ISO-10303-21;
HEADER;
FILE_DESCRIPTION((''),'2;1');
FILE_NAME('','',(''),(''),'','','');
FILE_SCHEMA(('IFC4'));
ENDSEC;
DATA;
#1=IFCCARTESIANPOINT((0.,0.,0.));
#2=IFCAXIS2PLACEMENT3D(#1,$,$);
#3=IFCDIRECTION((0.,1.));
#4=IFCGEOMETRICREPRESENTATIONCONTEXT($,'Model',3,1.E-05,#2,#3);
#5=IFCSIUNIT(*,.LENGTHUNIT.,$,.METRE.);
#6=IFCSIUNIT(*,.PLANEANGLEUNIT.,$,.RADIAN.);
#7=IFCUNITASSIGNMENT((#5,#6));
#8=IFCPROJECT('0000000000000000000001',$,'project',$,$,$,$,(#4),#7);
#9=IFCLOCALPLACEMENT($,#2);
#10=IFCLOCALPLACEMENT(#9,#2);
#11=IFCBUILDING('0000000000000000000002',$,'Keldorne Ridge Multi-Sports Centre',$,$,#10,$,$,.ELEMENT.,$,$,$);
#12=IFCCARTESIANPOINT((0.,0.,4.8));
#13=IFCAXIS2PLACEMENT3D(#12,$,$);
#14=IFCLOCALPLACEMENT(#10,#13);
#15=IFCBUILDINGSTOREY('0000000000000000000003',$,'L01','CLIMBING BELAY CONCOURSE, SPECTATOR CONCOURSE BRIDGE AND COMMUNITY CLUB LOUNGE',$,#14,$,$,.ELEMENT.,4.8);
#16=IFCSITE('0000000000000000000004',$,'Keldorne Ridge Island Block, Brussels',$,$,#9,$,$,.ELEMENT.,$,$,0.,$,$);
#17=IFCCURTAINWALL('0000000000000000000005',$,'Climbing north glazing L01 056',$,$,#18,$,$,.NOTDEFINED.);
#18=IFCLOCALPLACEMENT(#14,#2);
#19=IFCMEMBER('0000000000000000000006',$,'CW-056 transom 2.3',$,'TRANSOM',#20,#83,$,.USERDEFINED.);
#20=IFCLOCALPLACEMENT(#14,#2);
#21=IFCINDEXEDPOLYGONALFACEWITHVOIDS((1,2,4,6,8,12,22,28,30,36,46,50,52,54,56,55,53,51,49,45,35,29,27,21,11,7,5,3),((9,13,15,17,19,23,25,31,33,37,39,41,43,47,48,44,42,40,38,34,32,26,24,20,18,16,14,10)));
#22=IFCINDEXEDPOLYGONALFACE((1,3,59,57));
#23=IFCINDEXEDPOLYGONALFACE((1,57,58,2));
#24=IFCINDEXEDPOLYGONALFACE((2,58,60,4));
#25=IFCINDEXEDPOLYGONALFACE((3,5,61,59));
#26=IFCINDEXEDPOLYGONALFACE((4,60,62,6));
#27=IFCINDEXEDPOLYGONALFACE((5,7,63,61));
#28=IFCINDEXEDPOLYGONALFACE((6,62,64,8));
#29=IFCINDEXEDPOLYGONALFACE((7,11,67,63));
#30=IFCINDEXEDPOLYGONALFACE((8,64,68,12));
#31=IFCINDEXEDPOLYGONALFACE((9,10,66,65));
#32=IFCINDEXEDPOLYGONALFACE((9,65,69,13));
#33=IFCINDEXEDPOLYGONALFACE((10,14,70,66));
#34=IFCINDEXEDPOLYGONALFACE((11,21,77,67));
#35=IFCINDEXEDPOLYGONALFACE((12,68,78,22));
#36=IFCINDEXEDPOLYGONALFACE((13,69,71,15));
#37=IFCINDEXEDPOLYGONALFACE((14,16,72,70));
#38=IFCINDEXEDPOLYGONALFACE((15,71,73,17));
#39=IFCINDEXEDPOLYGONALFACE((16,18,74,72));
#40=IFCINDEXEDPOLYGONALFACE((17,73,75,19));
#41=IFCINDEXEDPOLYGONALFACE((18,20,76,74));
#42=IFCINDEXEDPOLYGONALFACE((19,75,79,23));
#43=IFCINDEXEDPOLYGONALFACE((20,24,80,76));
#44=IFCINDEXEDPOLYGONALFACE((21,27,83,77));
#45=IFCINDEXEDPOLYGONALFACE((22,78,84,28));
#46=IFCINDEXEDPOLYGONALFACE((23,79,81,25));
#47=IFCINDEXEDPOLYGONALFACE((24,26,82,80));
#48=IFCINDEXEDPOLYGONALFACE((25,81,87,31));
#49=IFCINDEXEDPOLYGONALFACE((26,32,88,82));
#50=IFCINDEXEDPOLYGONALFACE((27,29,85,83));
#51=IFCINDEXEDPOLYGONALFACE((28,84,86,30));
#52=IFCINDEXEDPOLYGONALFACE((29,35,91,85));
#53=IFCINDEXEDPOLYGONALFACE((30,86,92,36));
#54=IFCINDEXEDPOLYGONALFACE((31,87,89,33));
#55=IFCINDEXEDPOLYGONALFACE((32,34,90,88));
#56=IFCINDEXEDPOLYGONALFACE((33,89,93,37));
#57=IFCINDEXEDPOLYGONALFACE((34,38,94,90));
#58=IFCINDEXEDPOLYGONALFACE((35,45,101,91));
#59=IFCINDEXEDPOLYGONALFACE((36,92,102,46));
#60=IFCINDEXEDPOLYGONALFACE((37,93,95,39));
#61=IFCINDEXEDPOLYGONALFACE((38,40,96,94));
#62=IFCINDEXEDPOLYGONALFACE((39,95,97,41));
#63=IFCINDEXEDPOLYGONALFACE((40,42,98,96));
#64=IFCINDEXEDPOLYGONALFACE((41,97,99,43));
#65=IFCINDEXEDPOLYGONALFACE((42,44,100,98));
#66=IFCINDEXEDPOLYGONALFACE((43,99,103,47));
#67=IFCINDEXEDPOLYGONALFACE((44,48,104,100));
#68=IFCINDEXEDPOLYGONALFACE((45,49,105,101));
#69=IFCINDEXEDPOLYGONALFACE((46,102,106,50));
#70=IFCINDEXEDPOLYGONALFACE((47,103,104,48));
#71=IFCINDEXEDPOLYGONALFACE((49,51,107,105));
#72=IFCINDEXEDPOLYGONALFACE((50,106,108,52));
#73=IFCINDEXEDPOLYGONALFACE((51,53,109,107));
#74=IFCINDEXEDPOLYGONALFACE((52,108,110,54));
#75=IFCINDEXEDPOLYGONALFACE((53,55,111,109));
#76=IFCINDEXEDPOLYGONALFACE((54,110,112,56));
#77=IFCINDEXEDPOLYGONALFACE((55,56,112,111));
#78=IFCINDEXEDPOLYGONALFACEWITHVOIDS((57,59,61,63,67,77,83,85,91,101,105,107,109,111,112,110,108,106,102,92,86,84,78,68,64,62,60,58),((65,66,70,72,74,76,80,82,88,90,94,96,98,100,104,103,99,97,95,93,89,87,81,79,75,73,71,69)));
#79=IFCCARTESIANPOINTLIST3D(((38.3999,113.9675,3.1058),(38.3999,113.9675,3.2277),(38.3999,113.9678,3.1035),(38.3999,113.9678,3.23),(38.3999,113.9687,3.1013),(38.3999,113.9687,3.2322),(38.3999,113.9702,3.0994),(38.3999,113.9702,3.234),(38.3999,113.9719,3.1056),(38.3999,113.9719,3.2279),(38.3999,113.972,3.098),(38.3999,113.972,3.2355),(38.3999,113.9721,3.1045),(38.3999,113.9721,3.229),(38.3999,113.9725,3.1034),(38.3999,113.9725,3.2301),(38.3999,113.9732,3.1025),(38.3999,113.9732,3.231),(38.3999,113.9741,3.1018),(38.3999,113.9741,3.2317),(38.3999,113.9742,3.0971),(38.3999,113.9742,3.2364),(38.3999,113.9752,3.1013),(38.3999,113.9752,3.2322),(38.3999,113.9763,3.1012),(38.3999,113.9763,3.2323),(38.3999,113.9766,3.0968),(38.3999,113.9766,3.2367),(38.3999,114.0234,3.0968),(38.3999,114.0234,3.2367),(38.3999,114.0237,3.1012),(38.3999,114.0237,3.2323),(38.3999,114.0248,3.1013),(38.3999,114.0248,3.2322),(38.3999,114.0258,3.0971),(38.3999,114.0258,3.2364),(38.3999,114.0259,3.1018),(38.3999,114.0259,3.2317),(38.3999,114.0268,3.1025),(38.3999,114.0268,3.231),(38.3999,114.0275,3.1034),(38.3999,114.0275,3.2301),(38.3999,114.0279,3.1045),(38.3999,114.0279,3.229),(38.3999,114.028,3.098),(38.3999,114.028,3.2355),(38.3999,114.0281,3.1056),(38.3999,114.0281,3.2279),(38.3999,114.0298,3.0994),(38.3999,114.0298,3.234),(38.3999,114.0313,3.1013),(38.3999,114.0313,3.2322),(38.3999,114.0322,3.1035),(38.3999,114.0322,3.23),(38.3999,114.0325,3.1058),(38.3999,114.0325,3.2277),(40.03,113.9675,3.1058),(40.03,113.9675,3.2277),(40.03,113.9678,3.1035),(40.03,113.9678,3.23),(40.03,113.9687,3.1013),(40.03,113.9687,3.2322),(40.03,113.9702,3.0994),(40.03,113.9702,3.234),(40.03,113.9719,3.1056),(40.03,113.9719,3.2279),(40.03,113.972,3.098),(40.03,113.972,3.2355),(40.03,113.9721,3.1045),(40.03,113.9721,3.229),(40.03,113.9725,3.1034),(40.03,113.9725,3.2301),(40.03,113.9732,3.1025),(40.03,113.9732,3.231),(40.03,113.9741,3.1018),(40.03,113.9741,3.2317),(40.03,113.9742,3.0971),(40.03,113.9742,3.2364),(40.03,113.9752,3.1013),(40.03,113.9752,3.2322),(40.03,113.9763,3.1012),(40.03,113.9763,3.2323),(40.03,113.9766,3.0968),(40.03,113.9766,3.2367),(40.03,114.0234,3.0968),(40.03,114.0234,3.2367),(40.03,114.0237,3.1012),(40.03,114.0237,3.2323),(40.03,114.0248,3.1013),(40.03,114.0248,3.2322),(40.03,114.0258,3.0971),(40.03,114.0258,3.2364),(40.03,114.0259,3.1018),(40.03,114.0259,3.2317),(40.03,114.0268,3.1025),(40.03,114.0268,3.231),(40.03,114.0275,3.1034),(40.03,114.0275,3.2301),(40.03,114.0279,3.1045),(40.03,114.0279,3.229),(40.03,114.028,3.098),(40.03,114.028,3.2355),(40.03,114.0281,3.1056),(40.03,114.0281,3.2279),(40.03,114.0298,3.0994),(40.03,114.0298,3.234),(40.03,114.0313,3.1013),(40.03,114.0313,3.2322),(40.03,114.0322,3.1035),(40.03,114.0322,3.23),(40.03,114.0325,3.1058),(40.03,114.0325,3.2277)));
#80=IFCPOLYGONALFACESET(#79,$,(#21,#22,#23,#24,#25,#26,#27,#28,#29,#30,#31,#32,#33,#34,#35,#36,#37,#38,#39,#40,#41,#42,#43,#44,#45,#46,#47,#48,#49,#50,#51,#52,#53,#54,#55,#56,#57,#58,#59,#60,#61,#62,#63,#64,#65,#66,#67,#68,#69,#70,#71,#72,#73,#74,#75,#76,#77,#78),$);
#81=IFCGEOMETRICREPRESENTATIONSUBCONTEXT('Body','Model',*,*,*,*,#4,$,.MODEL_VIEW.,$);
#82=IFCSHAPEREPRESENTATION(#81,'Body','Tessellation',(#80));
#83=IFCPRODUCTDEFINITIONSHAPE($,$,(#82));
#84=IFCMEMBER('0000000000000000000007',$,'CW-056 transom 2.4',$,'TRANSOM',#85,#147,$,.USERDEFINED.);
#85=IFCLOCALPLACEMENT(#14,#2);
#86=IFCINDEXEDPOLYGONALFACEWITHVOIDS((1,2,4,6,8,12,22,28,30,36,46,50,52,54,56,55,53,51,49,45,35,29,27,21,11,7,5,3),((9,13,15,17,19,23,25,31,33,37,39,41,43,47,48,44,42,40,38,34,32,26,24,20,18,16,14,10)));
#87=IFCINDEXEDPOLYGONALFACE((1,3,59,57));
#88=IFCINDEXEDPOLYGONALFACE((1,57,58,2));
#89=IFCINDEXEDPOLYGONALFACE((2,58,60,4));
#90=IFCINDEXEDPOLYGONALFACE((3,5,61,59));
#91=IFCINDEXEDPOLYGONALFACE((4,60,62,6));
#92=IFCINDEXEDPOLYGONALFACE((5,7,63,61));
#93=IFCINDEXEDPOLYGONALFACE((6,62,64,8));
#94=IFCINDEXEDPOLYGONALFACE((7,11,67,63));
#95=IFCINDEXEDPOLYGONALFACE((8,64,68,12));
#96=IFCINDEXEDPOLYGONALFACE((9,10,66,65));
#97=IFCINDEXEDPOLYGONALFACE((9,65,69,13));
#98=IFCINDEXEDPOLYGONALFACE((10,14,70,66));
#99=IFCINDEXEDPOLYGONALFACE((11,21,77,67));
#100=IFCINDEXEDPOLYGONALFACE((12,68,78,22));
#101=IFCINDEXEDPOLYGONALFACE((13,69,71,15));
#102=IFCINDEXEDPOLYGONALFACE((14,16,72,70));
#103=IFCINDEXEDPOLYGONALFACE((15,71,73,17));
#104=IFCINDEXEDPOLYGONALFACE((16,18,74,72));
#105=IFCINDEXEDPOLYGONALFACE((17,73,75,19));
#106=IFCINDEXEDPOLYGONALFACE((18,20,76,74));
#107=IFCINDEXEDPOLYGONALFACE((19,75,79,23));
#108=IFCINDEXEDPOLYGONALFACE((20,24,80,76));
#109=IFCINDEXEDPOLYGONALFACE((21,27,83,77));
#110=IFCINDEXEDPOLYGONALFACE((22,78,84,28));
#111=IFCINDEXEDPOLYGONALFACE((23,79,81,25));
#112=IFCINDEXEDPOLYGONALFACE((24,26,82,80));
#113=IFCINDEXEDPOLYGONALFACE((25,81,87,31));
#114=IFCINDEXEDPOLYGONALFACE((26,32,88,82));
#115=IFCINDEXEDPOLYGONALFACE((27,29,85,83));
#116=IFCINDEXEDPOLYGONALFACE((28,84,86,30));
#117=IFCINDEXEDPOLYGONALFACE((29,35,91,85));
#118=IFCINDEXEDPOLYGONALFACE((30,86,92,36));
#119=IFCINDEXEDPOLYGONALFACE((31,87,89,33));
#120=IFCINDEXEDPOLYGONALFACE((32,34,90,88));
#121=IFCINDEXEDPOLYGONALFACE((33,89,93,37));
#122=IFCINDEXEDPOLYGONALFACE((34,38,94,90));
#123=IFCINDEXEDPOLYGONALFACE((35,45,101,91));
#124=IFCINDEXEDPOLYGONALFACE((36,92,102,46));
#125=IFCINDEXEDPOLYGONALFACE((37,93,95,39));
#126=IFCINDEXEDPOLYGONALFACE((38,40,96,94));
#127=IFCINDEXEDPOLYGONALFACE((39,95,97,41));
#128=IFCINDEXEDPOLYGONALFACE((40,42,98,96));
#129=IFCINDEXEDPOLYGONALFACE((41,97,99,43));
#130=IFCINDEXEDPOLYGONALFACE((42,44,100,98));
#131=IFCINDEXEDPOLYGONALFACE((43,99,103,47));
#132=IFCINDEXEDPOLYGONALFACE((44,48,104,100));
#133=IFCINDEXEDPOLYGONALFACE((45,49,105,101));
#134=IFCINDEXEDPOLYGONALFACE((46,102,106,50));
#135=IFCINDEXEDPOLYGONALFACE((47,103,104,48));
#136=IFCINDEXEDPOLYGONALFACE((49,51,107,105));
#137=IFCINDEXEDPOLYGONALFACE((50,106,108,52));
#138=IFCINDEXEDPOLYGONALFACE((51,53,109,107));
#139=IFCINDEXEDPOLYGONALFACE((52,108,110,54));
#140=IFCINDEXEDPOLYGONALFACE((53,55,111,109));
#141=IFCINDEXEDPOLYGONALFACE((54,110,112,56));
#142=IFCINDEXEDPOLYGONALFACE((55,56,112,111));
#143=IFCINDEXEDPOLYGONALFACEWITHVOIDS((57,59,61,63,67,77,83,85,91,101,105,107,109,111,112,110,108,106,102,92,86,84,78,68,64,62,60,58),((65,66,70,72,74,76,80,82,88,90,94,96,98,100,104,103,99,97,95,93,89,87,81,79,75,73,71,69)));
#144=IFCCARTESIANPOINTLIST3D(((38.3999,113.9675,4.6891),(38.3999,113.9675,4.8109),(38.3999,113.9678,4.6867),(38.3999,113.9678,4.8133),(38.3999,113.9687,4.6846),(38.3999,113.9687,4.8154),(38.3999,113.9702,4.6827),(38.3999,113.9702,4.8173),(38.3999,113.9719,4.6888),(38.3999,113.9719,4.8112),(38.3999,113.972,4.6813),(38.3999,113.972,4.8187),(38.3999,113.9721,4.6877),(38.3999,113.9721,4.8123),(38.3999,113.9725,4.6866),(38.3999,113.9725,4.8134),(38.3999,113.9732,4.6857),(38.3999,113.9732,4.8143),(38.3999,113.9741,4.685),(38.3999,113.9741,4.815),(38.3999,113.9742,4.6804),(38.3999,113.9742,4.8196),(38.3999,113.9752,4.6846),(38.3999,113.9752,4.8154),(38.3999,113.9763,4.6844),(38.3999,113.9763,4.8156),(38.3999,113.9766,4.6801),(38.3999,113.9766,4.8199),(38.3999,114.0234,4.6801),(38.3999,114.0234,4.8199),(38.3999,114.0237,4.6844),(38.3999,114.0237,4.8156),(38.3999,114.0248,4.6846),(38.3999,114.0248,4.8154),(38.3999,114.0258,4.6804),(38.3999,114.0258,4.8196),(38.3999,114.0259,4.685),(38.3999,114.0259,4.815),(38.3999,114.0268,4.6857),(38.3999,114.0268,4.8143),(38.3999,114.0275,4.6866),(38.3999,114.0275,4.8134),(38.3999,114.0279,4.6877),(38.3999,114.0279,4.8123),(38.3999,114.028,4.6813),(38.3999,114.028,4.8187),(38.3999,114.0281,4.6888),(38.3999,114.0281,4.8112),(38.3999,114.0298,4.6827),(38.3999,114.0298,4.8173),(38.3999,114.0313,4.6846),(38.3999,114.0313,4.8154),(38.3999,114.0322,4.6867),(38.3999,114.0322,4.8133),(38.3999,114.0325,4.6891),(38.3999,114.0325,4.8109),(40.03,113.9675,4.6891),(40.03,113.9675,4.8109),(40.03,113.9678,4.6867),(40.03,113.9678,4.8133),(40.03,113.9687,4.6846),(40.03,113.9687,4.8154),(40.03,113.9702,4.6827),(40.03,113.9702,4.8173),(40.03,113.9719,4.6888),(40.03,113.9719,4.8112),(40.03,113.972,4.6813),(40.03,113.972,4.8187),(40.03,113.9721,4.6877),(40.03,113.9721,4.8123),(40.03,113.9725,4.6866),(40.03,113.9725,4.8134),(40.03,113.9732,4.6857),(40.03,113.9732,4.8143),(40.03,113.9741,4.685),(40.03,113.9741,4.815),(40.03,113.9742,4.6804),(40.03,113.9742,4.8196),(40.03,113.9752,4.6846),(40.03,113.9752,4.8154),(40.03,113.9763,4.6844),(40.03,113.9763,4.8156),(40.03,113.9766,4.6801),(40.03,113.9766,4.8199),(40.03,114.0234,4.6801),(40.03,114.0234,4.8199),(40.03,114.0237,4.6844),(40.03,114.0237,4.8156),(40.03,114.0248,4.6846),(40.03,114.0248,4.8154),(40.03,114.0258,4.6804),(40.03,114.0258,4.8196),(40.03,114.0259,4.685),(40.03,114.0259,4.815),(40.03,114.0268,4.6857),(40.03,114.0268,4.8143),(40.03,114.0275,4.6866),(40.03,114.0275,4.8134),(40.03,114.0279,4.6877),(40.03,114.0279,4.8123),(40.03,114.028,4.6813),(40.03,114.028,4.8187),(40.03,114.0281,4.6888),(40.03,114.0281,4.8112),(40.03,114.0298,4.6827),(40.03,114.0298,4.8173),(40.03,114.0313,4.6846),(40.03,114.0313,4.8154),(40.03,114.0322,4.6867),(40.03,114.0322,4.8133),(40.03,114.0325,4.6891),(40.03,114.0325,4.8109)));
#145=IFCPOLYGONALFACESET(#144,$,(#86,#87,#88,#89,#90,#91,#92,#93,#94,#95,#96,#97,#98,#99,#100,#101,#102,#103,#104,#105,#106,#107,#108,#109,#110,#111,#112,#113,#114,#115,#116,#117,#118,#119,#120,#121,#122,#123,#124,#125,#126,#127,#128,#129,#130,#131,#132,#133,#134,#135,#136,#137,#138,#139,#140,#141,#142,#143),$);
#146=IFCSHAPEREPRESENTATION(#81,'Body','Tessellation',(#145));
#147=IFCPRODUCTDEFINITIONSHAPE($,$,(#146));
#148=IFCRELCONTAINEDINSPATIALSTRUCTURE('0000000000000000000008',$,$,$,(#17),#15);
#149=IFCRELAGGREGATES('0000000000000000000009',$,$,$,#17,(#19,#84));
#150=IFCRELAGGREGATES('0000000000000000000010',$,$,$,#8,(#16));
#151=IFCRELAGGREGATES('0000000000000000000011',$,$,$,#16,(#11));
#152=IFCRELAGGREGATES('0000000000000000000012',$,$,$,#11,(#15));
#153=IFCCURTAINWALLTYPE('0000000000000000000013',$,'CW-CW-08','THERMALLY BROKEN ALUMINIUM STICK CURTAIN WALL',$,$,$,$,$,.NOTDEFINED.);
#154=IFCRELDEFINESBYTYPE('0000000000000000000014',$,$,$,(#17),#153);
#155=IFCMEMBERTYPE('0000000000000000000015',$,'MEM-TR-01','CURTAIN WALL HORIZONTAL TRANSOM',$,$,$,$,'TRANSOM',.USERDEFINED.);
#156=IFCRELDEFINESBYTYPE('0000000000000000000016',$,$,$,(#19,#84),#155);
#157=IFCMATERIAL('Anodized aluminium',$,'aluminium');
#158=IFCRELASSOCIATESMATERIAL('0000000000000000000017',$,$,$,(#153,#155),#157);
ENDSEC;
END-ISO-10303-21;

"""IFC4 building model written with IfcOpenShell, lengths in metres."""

from ifc_helpers import new_model, si_unit, direction, frame, origin, origin_2d, place, context, subcontext, project, spatial, hollow_rectangle, extrude, material, material_profile, profile_set, type_object, element, aggregate, save


model = new_model("IFC4")

# Units and contexts
model_context = context("Model", 3, precision=1e-05, world=origin(), true_north=direction((0.0, 1.0)))
body_context = subcontext(model_context, "Body", "Model", "MODEL_VIEW")
ifc_project = project(units=[si_unit("LENGTHUNIT", "METRE"), si_unit("PLANEANGLEUNIT", "RADIAN")], contexts=[model_context])

# Site, building, storey
site_placement = place(None, origin())
site = spatial("IfcSite", under=ifc_project, at=site_placement, Name="Keldorne Ridge Island Block, Brussels", CompositionType="ELEMENT", RefElevation=0.0)
building_placement = place(site_placement, origin())
building = spatial("IfcBuilding", under=site, at=building_placement, Name="Keldorne Ridge Multi-Sports Centre", CompositionType="ELEMENT")
storey_placement = place(building_placement, frame((0.0, 0.0, 4.8)))
storey = spatial("IfcBuildingStorey", under=building, at=storey_placement, Name="L01", Description="CLIMBING BELAY CONCOURSE, SPECTATOR CONCOURSE BRIDGE AND COMMUNITY CLUB LOUNGE", CompositionType="ELEMENT", Elevation=4.8)

# Curtain wall, members
ifc_material_1 = material(Name="Anodized aluminium", Category="aluminium")
curtain_wall_type = type_object("IfcCurtainWallType", Name="CW-CW-08", Description="THERMALLY BROKEN ALUMINIUM STICK CURTAIN WALL", PredefinedType="NOTDEFINED", material=ifc_material_1)
curtain_wall_placement = place(storey_placement, origin())
curtain_wall = element("IfcCurtainWall", 1, at=curtain_wall_placement, inside=storey, type_object=curtain_wall_type, Name="Climbing north glazing L01 056", PredefinedType="NOTDEFINED")
ifc_material_profile_1 = material_profile(ifc_material_1, hollow_rectangle(XDim=0.0649, YDim=0.1399, WallThickness=0.0044, InnerFilletRadius=0.0044, OuterFilletRadius=0.009, at=origin_2d()), Name="ALU TRANSOM 140x65x4.5")
ifc_profile_set_1 = profile_set([ifc_material_profile_1], Name="Anodized aluminium")
member_type_1 = type_object("IfcMemberType", Name="MEM-TR-01", Description="CURTAIN WALL HORIZONTAL TRANSOM", ElementType="TRANSOM", PredefinedType="USERDEFINED", material=ifc_profile_set_1)
member_1_placement = place(storey_placement, frame((40.03, 114.0, 3.1667), z_axis=(-1.0, 0.0, 0.0), x_axis=(0.0, -1.0, 0.0)))
member_1 = element("IfcMember", 2, at=member_1_placement, type_object=member_type_1, Name="CW-056 transom 2.3", ObjectType="TRANSOM", PredefinedType="USERDEFINED", context=body_context, shape_type="SweptSolid", body=[
    extrude(hollow_rectangle(XDim=0.0649, YDim=0.1399, WallThickness=0.0044, InnerFilletRadius=0.0044, OuterFilletRadius=0.009, at=origin_2d()), origin(), (0.0, 0.0, 1.0), 1.6301),
])
member_2_placement = place(storey_placement, frame((40.03, 114.0, 4.75), z_axis=(-1.0, 0.0, 0.0), x_axis=(0.0, -1.0, 0.0)))
member_2 = element("IfcMember", 3, at=member_2_placement, type_object=member_type_1, Name="CW-056 transom 2.4", ObjectType="TRANSOM", PredefinedType="USERDEFINED", context=body_context, shape_type="SweptSolid", body=[
    extrude(hollow_rectangle(XDim=0.0649, YDim=0.1399, WallThickness=0.0044, InnerFilletRadius=0.0044, OuterFilletRadius=0.009, at=origin_2d()), origin(), (0.0, 0.0, 1.0), 1.6301),
])
aggregate(curtain_wall, [member_1, member_2])

save(model, "model.ifc")
